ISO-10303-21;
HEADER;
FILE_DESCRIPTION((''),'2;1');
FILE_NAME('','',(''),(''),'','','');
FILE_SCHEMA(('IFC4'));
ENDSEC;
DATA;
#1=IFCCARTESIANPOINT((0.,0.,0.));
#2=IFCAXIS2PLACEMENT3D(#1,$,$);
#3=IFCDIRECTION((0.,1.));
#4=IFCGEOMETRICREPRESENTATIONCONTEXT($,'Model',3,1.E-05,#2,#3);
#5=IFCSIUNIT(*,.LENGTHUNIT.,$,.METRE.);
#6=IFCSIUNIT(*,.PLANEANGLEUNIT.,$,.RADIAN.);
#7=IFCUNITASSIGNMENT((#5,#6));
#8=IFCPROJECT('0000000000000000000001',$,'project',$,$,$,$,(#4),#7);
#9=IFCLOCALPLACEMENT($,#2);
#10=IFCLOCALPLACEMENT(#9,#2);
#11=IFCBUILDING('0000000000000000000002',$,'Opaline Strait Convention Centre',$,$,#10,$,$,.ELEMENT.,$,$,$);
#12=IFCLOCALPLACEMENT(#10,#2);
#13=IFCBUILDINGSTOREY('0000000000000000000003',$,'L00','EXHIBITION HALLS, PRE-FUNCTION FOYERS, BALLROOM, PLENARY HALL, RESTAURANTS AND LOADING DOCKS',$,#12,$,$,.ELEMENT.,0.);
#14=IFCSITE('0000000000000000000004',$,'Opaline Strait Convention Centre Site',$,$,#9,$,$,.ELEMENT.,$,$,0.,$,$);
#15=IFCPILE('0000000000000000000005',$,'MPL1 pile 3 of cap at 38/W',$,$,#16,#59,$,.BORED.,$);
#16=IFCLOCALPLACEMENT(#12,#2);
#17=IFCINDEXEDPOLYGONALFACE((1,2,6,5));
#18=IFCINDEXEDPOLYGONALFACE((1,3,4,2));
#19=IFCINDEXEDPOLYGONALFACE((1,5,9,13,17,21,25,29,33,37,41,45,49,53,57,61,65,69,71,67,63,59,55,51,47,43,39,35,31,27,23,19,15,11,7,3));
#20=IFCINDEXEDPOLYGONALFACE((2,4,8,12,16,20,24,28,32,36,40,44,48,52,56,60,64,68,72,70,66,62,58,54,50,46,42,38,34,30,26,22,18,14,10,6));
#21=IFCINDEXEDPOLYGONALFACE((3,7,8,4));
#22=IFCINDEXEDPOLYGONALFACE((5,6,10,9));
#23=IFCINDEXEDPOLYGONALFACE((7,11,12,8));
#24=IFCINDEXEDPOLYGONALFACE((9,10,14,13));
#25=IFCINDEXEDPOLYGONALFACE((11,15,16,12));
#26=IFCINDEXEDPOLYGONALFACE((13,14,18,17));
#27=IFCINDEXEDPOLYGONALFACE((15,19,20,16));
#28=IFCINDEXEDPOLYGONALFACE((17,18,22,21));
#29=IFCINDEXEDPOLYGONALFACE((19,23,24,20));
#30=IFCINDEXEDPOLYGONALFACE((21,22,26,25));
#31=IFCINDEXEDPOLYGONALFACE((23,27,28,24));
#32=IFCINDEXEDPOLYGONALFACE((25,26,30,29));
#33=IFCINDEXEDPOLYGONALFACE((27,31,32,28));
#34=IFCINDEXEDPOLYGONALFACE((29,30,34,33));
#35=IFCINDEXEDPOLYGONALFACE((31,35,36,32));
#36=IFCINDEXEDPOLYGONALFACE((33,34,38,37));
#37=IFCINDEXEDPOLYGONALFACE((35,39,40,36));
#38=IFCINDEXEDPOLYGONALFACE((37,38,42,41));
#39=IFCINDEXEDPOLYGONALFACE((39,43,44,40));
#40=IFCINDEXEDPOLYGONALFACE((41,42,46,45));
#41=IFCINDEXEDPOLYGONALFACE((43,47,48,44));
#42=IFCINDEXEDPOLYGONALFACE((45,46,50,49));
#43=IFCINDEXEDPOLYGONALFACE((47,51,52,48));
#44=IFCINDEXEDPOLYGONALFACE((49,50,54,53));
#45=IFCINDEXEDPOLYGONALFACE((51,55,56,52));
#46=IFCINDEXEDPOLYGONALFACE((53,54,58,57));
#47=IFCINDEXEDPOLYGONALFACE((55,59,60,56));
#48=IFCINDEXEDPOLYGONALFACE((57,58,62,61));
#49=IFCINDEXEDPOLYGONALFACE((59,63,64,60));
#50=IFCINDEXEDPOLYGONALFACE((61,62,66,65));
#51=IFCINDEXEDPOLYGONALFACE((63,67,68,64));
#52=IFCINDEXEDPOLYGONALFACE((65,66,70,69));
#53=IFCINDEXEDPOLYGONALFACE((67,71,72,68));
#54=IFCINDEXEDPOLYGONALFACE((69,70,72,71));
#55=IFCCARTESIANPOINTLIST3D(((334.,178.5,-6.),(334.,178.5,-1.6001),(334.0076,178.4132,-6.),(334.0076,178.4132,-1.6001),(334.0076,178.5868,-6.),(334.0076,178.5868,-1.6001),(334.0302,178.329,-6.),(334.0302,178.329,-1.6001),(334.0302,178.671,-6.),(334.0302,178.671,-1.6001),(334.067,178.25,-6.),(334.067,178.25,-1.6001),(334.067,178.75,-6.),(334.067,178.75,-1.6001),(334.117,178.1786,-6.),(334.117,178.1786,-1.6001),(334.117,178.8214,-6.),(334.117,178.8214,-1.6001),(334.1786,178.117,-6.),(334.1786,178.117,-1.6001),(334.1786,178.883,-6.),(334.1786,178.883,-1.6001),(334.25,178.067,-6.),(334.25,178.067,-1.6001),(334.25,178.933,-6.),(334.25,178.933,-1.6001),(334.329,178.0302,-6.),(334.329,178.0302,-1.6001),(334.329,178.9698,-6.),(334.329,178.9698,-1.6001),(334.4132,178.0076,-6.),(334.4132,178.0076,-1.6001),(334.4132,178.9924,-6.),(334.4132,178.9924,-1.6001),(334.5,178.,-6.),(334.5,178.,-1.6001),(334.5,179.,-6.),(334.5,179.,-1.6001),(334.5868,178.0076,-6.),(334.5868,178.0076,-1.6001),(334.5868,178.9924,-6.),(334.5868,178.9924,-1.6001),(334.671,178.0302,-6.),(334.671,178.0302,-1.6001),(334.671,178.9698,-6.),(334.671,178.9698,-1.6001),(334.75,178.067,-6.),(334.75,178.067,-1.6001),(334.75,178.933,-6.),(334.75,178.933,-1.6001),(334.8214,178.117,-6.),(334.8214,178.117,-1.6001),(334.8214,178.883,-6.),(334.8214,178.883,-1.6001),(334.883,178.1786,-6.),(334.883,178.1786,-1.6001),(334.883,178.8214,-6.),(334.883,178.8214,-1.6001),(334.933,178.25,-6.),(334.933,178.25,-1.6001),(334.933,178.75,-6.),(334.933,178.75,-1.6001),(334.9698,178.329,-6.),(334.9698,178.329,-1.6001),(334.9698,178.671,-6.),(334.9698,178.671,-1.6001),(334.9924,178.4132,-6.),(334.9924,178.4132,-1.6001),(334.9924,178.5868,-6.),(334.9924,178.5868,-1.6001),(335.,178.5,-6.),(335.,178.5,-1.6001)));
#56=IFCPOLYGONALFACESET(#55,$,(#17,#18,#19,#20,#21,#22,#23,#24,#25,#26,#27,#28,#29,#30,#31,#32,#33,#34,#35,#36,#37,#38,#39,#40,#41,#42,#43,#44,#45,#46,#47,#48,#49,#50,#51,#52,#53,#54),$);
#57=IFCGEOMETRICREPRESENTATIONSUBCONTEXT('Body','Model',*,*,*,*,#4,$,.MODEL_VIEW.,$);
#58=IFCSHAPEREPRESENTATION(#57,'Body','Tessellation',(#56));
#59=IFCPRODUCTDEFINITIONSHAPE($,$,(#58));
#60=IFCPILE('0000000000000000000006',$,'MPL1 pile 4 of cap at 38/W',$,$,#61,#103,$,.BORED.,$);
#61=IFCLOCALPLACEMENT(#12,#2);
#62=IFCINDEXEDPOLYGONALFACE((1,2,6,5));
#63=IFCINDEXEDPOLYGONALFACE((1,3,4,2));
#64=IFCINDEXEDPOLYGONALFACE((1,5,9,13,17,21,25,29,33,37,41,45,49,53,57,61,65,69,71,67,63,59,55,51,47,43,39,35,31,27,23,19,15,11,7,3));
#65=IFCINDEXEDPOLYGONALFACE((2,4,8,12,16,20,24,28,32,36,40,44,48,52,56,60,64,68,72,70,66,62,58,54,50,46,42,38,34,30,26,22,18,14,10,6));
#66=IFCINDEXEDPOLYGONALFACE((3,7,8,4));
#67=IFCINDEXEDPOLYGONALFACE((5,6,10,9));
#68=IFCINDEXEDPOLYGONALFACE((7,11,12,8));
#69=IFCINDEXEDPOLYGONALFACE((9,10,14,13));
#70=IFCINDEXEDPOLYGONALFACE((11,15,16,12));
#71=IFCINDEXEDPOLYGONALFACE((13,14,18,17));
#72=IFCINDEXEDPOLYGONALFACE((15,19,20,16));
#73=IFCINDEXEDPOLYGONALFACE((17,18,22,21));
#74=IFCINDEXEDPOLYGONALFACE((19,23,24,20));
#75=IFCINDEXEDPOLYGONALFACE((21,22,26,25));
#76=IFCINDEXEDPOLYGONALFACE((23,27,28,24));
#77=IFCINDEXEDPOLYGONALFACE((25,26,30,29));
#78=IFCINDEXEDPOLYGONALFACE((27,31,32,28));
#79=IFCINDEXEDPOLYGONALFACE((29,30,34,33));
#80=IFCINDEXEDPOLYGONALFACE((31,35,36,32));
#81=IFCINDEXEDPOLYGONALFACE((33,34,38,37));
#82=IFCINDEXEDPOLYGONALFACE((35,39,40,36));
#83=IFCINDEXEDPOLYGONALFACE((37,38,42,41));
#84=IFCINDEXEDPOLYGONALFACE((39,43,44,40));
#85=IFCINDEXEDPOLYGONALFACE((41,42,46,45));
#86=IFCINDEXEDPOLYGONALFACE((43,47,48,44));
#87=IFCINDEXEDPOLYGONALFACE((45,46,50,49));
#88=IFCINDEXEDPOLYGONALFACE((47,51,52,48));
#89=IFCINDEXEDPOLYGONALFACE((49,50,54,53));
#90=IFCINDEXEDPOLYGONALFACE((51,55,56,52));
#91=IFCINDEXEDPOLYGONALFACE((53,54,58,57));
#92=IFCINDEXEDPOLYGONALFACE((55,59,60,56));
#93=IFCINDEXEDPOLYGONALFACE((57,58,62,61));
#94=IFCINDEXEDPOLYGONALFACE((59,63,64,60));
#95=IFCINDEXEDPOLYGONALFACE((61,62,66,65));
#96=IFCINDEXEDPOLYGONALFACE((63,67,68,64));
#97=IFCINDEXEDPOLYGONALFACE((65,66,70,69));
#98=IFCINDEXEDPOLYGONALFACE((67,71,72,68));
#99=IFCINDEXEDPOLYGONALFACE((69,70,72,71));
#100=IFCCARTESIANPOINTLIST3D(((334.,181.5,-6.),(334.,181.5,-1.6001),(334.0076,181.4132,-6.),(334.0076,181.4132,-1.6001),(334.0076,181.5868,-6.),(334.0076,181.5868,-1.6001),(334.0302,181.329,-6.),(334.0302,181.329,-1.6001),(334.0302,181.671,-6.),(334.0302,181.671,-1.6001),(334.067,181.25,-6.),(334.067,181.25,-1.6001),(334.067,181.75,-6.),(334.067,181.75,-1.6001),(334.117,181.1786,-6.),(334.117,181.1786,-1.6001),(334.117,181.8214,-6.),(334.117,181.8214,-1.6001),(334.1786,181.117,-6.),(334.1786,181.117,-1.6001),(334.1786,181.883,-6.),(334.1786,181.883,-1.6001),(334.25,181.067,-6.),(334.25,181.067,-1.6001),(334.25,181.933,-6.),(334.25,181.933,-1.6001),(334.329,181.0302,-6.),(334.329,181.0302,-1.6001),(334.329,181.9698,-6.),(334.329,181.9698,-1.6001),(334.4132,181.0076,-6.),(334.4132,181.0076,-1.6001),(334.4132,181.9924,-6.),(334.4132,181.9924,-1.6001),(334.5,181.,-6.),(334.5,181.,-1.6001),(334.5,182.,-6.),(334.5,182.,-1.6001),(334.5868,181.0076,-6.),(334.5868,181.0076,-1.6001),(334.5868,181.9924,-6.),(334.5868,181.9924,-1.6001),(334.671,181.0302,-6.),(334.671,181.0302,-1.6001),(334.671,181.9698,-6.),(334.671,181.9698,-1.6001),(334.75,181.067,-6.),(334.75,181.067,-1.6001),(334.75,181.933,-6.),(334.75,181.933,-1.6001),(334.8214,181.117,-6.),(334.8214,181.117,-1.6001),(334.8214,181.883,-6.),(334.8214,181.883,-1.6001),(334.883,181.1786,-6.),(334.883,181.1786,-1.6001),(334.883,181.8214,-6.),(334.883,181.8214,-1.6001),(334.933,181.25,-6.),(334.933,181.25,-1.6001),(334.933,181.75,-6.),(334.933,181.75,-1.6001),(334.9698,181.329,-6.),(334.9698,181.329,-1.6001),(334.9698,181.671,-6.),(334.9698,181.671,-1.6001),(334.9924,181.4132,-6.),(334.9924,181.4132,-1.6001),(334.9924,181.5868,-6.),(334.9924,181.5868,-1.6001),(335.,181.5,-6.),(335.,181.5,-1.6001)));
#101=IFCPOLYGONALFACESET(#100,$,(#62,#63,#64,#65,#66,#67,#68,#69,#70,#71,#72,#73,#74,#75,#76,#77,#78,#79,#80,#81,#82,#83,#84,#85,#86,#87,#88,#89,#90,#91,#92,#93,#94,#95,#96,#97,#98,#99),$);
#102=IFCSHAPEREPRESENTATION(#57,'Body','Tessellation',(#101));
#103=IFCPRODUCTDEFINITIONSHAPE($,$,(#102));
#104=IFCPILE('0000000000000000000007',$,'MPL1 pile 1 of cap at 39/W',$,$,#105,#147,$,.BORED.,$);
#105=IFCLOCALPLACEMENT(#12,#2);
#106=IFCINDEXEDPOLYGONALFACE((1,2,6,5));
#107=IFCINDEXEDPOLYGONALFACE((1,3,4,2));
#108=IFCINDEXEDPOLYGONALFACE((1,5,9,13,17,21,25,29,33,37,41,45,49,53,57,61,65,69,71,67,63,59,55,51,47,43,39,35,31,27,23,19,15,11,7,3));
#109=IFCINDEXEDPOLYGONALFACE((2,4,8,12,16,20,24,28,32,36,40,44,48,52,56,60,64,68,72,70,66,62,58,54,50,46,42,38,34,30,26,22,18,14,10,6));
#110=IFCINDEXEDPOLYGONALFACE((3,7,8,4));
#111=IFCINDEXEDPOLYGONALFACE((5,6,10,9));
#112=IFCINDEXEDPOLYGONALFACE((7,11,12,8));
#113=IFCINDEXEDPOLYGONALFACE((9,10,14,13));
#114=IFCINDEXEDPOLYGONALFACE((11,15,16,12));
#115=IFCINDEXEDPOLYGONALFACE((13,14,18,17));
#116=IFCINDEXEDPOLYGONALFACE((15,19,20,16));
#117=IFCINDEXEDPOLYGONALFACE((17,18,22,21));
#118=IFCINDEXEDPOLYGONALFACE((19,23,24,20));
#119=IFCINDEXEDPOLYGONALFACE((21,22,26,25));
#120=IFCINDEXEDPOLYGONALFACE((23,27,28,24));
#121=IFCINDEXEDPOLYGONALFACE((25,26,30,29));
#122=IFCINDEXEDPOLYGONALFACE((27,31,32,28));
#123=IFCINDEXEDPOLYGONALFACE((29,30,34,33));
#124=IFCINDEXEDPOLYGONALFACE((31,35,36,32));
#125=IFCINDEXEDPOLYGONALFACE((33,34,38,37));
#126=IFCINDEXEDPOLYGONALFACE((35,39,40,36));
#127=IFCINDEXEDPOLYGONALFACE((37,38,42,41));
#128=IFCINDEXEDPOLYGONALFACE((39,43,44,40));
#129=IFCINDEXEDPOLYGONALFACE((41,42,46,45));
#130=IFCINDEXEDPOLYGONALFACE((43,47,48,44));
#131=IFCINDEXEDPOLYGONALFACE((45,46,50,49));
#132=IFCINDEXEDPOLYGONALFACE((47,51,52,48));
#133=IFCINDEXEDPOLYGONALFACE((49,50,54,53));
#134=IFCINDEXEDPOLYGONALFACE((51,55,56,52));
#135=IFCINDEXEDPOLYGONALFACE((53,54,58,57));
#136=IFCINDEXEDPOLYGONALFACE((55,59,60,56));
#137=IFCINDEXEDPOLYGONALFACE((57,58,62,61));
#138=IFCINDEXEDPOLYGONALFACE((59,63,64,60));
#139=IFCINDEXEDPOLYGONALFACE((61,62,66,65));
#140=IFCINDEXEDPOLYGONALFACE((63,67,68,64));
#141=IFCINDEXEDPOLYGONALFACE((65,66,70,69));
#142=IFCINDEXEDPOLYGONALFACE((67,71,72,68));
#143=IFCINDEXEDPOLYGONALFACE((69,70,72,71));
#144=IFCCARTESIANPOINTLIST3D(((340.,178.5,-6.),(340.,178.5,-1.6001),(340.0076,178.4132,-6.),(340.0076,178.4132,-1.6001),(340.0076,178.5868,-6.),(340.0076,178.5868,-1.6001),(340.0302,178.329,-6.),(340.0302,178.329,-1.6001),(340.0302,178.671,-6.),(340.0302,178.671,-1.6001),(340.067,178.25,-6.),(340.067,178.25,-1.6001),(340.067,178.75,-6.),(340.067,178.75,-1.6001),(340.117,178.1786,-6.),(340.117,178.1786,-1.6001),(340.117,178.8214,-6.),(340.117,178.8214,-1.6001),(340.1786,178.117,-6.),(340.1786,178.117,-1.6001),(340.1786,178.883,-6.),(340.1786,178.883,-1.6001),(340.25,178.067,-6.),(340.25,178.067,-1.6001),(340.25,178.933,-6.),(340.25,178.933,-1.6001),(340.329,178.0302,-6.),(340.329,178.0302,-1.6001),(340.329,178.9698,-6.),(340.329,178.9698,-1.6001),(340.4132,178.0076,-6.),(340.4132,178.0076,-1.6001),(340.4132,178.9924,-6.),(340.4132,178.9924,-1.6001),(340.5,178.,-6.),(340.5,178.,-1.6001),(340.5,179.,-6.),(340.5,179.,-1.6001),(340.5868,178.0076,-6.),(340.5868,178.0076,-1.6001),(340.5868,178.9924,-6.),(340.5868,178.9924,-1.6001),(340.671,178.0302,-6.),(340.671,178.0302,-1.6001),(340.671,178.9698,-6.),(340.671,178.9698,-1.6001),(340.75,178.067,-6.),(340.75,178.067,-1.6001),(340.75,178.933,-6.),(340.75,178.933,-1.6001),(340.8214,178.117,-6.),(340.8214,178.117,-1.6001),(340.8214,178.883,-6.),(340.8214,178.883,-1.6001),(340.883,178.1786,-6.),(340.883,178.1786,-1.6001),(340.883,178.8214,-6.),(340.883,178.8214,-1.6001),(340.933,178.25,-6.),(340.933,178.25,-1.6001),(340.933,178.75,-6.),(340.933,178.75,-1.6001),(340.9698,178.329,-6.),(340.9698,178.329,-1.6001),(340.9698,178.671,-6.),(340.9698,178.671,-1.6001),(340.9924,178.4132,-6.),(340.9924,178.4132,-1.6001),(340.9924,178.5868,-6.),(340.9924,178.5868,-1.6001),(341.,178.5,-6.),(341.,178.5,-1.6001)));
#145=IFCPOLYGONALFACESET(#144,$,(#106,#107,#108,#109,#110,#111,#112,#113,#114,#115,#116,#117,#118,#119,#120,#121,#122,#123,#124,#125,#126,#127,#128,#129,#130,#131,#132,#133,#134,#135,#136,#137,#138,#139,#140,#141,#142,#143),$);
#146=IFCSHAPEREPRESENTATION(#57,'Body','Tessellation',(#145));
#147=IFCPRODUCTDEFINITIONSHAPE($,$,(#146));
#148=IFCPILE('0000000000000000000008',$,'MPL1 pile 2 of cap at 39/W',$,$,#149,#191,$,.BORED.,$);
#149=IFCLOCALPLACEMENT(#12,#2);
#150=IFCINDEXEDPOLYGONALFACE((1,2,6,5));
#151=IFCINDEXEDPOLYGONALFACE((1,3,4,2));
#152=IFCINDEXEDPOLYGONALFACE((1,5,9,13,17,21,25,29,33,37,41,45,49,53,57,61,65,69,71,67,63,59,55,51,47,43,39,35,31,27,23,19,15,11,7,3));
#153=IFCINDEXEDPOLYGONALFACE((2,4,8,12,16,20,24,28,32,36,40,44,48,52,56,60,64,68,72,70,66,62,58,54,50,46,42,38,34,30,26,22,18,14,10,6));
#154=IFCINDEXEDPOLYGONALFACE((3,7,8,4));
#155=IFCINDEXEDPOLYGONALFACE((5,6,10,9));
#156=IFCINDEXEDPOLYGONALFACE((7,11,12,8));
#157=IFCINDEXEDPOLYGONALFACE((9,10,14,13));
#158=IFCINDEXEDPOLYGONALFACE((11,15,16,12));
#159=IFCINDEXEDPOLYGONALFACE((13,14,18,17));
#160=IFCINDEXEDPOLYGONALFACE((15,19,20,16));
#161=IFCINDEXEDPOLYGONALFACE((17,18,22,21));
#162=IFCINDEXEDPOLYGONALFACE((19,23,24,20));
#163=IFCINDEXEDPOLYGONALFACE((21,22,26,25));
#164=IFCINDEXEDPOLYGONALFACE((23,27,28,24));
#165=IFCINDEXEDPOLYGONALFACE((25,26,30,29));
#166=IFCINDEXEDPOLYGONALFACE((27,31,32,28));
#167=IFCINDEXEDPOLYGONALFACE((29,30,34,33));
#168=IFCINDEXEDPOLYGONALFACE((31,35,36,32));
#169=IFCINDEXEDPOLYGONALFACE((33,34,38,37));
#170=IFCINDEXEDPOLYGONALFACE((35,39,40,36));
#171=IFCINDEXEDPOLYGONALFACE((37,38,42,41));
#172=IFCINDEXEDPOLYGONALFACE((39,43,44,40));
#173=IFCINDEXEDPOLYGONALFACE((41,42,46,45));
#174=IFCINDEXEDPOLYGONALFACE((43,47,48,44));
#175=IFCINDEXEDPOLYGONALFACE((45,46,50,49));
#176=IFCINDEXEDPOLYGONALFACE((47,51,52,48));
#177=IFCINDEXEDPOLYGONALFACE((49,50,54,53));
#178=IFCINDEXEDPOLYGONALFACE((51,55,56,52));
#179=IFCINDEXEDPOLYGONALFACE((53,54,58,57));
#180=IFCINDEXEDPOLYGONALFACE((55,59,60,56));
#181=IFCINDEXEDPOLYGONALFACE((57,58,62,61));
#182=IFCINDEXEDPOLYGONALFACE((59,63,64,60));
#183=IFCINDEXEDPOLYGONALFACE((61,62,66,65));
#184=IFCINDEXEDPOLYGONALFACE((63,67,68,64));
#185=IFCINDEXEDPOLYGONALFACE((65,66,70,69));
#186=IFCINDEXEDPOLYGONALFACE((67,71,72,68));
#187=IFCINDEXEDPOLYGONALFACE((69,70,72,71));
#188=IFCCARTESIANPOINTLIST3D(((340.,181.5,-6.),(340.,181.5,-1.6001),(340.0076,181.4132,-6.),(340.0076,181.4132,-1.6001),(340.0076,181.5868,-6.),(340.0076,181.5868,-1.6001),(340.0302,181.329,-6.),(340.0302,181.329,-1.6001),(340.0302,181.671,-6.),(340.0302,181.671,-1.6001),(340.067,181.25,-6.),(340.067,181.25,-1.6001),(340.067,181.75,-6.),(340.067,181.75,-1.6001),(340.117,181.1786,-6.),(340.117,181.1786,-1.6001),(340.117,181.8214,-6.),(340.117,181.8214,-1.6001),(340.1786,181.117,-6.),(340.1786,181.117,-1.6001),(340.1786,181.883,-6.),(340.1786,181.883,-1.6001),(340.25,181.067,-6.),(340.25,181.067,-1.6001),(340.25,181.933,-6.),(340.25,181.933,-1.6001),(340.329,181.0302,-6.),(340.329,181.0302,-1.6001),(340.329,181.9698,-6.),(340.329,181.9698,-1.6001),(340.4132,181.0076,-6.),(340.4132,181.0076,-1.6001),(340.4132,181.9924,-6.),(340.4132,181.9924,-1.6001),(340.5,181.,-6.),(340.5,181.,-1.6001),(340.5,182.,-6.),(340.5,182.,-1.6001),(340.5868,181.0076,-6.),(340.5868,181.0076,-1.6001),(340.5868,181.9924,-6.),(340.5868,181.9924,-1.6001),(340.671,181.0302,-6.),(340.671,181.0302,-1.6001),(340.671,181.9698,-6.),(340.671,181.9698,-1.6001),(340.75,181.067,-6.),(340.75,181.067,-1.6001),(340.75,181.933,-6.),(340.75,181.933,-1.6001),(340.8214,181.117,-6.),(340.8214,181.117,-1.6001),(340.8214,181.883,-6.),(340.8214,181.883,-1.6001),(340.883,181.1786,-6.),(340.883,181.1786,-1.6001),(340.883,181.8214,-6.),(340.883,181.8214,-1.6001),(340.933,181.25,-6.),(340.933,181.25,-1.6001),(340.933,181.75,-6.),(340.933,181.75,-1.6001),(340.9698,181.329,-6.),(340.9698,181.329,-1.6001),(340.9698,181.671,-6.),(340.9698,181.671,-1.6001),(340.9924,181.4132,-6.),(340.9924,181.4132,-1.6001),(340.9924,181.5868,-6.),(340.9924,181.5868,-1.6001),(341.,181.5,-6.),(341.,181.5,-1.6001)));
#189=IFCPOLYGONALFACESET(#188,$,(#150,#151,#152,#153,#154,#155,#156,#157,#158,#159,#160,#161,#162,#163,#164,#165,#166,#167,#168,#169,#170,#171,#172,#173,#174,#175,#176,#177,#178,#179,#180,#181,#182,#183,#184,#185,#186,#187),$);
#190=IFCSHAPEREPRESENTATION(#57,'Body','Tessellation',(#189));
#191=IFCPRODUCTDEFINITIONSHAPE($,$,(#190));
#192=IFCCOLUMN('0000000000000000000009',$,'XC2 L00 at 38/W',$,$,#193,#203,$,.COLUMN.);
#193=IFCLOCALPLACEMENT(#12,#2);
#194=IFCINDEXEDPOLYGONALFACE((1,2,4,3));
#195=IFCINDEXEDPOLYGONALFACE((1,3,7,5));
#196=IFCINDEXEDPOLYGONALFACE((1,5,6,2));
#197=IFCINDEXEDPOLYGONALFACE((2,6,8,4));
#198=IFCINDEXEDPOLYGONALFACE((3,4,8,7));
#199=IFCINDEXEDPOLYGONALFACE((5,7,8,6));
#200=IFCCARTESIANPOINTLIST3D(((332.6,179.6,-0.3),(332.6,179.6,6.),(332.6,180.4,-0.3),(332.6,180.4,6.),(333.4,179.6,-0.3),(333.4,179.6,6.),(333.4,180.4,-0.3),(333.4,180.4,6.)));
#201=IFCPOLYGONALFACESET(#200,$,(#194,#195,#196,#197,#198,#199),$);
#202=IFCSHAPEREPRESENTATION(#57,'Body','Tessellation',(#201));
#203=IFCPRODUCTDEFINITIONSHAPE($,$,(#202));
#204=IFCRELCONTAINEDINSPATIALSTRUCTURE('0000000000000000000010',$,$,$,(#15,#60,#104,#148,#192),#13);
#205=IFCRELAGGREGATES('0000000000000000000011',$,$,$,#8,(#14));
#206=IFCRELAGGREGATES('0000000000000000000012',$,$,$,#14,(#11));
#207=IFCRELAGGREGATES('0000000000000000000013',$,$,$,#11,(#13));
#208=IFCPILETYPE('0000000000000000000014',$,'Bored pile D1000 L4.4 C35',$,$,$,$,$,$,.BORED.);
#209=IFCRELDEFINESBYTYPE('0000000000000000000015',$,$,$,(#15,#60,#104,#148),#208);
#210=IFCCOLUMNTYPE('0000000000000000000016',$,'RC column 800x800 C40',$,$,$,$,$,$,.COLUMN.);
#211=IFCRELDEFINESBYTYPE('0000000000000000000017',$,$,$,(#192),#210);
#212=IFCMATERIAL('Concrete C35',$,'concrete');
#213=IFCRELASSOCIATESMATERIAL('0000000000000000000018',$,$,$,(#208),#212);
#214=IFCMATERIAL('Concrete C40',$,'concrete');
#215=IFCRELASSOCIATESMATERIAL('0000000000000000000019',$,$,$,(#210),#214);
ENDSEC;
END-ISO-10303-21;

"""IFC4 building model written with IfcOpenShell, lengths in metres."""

from ifc_helpers import new_model, si_unit, direction, frame, origin, origin_2d, place, context, subcontext, project, spatial, rectangle, circle, extrude, material, material_profile, profile_set, type_object, element, save


model = new_model("IFC4")

# Units and contexts
model_context = context("Model", 3, precision=1e-05, world=origin(), true_north=direction((0.0, 1.0)))
body_context = subcontext(model_context, "Body", "Model", "MODEL_VIEW")
ifc_project = project(units=[si_unit("LENGTHUNIT", "METRE"), si_unit("PLANEANGLEUNIT", "RADIAN")], contexts=[model_context])

# Site, building, storey
site_placement = place(None, origin())
site = spatial("IfcSite", under=ifc_project, at=site_placement, Name="Opaline Strait Convention Centre Site", CompositionType="ELEMENT", RefElevation=0.0)
building_placement = place(site_placement, origin())
building = spatial("IfcBuilding", under=site, at=building_placement, Name="Opaline Strait Convention Centre", CompositionType="ELEMENT")
storey_placement = place(building_placement, origin())
storey = spatial("IfcBuildingStorey", under=building, at=storey_placement, Name="L00", Description="EXHIBITION HALLS, PRE-FUNCTION FOYERS, BALLROOM, PLENARY HALL, RESTAURANTS AND LOADING DOCKS", CompositionType="ELEMENT", Elevation=0.0)

# Piles
ifc_material_1 = material(Name="Concrete C35", Category="concrete")
ifc_material_profile_1 = material_profile(ifc_material_1, circle(Radius=0.5, at=origin_2d()), Name="D1000")
ifc_profile_set_1 = profile_set([ifc_material_profile_1], Name="Concrete C35")
pile_type = type_object("IfcPileType", Name="Bored pile D1000 L4.4 C35", PredefinedType="BORED", material=ifc_profile_set_1)
for number, where, z_axis, x_axis, name in (
    (1, (334.5, 178.5, -1.6001), (0.0, 0.0, -1.0), (1.0, 0.0, 0.0), "MPL1 pile 3 of cap at 38/W"),
    (2, (334.5, 181.5, -1.6001), (0.0, 0.0, -1.0), (1.0, 0.0, 0.0), "MPL1 pile 4 of cap at 38/W"),
    (3, (340.5, 178.5, -1.6001), (0.0, 0.0, -1.0), (1.0, 0.0, 0.0), "MPL1 pile 1 of cap at 39/W"),
    (4, (340.5, 181.5, -1.6001), (0.0, 0.0, -1.0), (1.0, 0.0, 0.0), "MPL1 pile 2 of cap at 39/W"),
):
    element("IfcPile", number, at=place(storey_placement, frame(where, z_axis=z_axis, x_axis=x_axis)), inside=storey, type_object=pile_type, Name=name, PredefinedType="BORED", context=body_context, shape_type="SweptSolid", body=[
        extrude(circle(Radius=0.5, at=origin_2d()), origin(), (0.0, 0.0, 1.0), 4.3999),
    ])

# Column
ifc_material_2 = material(Name="Concrete C40", Category="concrete")
ifc_material_profile_2 = material_profile(ifc_material_2, rectangle(XDim=0.8, YDim=0.8, at=origin_2d()), Name="RC 800x800")
ifc_profile_set_2 = profile_set([ifc_material_profile_2], Name="Concrete C40")
column_type = type_object("IfcColumnType", Name="RC column 800x800 C40", PredefinedType="COLUMN", material=ifc_profile_set_2)
column_placement = place(storey_placement, frame((333.0, 180.0, -0.3), z_axis=(0.0, 0.0, 1.0), x_axis=(1.0, 0.0, 0.0)))
element("IfcColumn", 5, at=column_placement, inside=storey, type_object=column_type, Name="XC2 L00 at 38/W", PredefinedType="COLUMN", context=body_context, shape_type="SweptSolid", body=[
    extrude(rectangle(XDim=0.8, YDim=0.8, at=origin_2d()), origin(), (0.0, 0.0, 1.0), 6.3),
])

save(model, "model.ifc")
